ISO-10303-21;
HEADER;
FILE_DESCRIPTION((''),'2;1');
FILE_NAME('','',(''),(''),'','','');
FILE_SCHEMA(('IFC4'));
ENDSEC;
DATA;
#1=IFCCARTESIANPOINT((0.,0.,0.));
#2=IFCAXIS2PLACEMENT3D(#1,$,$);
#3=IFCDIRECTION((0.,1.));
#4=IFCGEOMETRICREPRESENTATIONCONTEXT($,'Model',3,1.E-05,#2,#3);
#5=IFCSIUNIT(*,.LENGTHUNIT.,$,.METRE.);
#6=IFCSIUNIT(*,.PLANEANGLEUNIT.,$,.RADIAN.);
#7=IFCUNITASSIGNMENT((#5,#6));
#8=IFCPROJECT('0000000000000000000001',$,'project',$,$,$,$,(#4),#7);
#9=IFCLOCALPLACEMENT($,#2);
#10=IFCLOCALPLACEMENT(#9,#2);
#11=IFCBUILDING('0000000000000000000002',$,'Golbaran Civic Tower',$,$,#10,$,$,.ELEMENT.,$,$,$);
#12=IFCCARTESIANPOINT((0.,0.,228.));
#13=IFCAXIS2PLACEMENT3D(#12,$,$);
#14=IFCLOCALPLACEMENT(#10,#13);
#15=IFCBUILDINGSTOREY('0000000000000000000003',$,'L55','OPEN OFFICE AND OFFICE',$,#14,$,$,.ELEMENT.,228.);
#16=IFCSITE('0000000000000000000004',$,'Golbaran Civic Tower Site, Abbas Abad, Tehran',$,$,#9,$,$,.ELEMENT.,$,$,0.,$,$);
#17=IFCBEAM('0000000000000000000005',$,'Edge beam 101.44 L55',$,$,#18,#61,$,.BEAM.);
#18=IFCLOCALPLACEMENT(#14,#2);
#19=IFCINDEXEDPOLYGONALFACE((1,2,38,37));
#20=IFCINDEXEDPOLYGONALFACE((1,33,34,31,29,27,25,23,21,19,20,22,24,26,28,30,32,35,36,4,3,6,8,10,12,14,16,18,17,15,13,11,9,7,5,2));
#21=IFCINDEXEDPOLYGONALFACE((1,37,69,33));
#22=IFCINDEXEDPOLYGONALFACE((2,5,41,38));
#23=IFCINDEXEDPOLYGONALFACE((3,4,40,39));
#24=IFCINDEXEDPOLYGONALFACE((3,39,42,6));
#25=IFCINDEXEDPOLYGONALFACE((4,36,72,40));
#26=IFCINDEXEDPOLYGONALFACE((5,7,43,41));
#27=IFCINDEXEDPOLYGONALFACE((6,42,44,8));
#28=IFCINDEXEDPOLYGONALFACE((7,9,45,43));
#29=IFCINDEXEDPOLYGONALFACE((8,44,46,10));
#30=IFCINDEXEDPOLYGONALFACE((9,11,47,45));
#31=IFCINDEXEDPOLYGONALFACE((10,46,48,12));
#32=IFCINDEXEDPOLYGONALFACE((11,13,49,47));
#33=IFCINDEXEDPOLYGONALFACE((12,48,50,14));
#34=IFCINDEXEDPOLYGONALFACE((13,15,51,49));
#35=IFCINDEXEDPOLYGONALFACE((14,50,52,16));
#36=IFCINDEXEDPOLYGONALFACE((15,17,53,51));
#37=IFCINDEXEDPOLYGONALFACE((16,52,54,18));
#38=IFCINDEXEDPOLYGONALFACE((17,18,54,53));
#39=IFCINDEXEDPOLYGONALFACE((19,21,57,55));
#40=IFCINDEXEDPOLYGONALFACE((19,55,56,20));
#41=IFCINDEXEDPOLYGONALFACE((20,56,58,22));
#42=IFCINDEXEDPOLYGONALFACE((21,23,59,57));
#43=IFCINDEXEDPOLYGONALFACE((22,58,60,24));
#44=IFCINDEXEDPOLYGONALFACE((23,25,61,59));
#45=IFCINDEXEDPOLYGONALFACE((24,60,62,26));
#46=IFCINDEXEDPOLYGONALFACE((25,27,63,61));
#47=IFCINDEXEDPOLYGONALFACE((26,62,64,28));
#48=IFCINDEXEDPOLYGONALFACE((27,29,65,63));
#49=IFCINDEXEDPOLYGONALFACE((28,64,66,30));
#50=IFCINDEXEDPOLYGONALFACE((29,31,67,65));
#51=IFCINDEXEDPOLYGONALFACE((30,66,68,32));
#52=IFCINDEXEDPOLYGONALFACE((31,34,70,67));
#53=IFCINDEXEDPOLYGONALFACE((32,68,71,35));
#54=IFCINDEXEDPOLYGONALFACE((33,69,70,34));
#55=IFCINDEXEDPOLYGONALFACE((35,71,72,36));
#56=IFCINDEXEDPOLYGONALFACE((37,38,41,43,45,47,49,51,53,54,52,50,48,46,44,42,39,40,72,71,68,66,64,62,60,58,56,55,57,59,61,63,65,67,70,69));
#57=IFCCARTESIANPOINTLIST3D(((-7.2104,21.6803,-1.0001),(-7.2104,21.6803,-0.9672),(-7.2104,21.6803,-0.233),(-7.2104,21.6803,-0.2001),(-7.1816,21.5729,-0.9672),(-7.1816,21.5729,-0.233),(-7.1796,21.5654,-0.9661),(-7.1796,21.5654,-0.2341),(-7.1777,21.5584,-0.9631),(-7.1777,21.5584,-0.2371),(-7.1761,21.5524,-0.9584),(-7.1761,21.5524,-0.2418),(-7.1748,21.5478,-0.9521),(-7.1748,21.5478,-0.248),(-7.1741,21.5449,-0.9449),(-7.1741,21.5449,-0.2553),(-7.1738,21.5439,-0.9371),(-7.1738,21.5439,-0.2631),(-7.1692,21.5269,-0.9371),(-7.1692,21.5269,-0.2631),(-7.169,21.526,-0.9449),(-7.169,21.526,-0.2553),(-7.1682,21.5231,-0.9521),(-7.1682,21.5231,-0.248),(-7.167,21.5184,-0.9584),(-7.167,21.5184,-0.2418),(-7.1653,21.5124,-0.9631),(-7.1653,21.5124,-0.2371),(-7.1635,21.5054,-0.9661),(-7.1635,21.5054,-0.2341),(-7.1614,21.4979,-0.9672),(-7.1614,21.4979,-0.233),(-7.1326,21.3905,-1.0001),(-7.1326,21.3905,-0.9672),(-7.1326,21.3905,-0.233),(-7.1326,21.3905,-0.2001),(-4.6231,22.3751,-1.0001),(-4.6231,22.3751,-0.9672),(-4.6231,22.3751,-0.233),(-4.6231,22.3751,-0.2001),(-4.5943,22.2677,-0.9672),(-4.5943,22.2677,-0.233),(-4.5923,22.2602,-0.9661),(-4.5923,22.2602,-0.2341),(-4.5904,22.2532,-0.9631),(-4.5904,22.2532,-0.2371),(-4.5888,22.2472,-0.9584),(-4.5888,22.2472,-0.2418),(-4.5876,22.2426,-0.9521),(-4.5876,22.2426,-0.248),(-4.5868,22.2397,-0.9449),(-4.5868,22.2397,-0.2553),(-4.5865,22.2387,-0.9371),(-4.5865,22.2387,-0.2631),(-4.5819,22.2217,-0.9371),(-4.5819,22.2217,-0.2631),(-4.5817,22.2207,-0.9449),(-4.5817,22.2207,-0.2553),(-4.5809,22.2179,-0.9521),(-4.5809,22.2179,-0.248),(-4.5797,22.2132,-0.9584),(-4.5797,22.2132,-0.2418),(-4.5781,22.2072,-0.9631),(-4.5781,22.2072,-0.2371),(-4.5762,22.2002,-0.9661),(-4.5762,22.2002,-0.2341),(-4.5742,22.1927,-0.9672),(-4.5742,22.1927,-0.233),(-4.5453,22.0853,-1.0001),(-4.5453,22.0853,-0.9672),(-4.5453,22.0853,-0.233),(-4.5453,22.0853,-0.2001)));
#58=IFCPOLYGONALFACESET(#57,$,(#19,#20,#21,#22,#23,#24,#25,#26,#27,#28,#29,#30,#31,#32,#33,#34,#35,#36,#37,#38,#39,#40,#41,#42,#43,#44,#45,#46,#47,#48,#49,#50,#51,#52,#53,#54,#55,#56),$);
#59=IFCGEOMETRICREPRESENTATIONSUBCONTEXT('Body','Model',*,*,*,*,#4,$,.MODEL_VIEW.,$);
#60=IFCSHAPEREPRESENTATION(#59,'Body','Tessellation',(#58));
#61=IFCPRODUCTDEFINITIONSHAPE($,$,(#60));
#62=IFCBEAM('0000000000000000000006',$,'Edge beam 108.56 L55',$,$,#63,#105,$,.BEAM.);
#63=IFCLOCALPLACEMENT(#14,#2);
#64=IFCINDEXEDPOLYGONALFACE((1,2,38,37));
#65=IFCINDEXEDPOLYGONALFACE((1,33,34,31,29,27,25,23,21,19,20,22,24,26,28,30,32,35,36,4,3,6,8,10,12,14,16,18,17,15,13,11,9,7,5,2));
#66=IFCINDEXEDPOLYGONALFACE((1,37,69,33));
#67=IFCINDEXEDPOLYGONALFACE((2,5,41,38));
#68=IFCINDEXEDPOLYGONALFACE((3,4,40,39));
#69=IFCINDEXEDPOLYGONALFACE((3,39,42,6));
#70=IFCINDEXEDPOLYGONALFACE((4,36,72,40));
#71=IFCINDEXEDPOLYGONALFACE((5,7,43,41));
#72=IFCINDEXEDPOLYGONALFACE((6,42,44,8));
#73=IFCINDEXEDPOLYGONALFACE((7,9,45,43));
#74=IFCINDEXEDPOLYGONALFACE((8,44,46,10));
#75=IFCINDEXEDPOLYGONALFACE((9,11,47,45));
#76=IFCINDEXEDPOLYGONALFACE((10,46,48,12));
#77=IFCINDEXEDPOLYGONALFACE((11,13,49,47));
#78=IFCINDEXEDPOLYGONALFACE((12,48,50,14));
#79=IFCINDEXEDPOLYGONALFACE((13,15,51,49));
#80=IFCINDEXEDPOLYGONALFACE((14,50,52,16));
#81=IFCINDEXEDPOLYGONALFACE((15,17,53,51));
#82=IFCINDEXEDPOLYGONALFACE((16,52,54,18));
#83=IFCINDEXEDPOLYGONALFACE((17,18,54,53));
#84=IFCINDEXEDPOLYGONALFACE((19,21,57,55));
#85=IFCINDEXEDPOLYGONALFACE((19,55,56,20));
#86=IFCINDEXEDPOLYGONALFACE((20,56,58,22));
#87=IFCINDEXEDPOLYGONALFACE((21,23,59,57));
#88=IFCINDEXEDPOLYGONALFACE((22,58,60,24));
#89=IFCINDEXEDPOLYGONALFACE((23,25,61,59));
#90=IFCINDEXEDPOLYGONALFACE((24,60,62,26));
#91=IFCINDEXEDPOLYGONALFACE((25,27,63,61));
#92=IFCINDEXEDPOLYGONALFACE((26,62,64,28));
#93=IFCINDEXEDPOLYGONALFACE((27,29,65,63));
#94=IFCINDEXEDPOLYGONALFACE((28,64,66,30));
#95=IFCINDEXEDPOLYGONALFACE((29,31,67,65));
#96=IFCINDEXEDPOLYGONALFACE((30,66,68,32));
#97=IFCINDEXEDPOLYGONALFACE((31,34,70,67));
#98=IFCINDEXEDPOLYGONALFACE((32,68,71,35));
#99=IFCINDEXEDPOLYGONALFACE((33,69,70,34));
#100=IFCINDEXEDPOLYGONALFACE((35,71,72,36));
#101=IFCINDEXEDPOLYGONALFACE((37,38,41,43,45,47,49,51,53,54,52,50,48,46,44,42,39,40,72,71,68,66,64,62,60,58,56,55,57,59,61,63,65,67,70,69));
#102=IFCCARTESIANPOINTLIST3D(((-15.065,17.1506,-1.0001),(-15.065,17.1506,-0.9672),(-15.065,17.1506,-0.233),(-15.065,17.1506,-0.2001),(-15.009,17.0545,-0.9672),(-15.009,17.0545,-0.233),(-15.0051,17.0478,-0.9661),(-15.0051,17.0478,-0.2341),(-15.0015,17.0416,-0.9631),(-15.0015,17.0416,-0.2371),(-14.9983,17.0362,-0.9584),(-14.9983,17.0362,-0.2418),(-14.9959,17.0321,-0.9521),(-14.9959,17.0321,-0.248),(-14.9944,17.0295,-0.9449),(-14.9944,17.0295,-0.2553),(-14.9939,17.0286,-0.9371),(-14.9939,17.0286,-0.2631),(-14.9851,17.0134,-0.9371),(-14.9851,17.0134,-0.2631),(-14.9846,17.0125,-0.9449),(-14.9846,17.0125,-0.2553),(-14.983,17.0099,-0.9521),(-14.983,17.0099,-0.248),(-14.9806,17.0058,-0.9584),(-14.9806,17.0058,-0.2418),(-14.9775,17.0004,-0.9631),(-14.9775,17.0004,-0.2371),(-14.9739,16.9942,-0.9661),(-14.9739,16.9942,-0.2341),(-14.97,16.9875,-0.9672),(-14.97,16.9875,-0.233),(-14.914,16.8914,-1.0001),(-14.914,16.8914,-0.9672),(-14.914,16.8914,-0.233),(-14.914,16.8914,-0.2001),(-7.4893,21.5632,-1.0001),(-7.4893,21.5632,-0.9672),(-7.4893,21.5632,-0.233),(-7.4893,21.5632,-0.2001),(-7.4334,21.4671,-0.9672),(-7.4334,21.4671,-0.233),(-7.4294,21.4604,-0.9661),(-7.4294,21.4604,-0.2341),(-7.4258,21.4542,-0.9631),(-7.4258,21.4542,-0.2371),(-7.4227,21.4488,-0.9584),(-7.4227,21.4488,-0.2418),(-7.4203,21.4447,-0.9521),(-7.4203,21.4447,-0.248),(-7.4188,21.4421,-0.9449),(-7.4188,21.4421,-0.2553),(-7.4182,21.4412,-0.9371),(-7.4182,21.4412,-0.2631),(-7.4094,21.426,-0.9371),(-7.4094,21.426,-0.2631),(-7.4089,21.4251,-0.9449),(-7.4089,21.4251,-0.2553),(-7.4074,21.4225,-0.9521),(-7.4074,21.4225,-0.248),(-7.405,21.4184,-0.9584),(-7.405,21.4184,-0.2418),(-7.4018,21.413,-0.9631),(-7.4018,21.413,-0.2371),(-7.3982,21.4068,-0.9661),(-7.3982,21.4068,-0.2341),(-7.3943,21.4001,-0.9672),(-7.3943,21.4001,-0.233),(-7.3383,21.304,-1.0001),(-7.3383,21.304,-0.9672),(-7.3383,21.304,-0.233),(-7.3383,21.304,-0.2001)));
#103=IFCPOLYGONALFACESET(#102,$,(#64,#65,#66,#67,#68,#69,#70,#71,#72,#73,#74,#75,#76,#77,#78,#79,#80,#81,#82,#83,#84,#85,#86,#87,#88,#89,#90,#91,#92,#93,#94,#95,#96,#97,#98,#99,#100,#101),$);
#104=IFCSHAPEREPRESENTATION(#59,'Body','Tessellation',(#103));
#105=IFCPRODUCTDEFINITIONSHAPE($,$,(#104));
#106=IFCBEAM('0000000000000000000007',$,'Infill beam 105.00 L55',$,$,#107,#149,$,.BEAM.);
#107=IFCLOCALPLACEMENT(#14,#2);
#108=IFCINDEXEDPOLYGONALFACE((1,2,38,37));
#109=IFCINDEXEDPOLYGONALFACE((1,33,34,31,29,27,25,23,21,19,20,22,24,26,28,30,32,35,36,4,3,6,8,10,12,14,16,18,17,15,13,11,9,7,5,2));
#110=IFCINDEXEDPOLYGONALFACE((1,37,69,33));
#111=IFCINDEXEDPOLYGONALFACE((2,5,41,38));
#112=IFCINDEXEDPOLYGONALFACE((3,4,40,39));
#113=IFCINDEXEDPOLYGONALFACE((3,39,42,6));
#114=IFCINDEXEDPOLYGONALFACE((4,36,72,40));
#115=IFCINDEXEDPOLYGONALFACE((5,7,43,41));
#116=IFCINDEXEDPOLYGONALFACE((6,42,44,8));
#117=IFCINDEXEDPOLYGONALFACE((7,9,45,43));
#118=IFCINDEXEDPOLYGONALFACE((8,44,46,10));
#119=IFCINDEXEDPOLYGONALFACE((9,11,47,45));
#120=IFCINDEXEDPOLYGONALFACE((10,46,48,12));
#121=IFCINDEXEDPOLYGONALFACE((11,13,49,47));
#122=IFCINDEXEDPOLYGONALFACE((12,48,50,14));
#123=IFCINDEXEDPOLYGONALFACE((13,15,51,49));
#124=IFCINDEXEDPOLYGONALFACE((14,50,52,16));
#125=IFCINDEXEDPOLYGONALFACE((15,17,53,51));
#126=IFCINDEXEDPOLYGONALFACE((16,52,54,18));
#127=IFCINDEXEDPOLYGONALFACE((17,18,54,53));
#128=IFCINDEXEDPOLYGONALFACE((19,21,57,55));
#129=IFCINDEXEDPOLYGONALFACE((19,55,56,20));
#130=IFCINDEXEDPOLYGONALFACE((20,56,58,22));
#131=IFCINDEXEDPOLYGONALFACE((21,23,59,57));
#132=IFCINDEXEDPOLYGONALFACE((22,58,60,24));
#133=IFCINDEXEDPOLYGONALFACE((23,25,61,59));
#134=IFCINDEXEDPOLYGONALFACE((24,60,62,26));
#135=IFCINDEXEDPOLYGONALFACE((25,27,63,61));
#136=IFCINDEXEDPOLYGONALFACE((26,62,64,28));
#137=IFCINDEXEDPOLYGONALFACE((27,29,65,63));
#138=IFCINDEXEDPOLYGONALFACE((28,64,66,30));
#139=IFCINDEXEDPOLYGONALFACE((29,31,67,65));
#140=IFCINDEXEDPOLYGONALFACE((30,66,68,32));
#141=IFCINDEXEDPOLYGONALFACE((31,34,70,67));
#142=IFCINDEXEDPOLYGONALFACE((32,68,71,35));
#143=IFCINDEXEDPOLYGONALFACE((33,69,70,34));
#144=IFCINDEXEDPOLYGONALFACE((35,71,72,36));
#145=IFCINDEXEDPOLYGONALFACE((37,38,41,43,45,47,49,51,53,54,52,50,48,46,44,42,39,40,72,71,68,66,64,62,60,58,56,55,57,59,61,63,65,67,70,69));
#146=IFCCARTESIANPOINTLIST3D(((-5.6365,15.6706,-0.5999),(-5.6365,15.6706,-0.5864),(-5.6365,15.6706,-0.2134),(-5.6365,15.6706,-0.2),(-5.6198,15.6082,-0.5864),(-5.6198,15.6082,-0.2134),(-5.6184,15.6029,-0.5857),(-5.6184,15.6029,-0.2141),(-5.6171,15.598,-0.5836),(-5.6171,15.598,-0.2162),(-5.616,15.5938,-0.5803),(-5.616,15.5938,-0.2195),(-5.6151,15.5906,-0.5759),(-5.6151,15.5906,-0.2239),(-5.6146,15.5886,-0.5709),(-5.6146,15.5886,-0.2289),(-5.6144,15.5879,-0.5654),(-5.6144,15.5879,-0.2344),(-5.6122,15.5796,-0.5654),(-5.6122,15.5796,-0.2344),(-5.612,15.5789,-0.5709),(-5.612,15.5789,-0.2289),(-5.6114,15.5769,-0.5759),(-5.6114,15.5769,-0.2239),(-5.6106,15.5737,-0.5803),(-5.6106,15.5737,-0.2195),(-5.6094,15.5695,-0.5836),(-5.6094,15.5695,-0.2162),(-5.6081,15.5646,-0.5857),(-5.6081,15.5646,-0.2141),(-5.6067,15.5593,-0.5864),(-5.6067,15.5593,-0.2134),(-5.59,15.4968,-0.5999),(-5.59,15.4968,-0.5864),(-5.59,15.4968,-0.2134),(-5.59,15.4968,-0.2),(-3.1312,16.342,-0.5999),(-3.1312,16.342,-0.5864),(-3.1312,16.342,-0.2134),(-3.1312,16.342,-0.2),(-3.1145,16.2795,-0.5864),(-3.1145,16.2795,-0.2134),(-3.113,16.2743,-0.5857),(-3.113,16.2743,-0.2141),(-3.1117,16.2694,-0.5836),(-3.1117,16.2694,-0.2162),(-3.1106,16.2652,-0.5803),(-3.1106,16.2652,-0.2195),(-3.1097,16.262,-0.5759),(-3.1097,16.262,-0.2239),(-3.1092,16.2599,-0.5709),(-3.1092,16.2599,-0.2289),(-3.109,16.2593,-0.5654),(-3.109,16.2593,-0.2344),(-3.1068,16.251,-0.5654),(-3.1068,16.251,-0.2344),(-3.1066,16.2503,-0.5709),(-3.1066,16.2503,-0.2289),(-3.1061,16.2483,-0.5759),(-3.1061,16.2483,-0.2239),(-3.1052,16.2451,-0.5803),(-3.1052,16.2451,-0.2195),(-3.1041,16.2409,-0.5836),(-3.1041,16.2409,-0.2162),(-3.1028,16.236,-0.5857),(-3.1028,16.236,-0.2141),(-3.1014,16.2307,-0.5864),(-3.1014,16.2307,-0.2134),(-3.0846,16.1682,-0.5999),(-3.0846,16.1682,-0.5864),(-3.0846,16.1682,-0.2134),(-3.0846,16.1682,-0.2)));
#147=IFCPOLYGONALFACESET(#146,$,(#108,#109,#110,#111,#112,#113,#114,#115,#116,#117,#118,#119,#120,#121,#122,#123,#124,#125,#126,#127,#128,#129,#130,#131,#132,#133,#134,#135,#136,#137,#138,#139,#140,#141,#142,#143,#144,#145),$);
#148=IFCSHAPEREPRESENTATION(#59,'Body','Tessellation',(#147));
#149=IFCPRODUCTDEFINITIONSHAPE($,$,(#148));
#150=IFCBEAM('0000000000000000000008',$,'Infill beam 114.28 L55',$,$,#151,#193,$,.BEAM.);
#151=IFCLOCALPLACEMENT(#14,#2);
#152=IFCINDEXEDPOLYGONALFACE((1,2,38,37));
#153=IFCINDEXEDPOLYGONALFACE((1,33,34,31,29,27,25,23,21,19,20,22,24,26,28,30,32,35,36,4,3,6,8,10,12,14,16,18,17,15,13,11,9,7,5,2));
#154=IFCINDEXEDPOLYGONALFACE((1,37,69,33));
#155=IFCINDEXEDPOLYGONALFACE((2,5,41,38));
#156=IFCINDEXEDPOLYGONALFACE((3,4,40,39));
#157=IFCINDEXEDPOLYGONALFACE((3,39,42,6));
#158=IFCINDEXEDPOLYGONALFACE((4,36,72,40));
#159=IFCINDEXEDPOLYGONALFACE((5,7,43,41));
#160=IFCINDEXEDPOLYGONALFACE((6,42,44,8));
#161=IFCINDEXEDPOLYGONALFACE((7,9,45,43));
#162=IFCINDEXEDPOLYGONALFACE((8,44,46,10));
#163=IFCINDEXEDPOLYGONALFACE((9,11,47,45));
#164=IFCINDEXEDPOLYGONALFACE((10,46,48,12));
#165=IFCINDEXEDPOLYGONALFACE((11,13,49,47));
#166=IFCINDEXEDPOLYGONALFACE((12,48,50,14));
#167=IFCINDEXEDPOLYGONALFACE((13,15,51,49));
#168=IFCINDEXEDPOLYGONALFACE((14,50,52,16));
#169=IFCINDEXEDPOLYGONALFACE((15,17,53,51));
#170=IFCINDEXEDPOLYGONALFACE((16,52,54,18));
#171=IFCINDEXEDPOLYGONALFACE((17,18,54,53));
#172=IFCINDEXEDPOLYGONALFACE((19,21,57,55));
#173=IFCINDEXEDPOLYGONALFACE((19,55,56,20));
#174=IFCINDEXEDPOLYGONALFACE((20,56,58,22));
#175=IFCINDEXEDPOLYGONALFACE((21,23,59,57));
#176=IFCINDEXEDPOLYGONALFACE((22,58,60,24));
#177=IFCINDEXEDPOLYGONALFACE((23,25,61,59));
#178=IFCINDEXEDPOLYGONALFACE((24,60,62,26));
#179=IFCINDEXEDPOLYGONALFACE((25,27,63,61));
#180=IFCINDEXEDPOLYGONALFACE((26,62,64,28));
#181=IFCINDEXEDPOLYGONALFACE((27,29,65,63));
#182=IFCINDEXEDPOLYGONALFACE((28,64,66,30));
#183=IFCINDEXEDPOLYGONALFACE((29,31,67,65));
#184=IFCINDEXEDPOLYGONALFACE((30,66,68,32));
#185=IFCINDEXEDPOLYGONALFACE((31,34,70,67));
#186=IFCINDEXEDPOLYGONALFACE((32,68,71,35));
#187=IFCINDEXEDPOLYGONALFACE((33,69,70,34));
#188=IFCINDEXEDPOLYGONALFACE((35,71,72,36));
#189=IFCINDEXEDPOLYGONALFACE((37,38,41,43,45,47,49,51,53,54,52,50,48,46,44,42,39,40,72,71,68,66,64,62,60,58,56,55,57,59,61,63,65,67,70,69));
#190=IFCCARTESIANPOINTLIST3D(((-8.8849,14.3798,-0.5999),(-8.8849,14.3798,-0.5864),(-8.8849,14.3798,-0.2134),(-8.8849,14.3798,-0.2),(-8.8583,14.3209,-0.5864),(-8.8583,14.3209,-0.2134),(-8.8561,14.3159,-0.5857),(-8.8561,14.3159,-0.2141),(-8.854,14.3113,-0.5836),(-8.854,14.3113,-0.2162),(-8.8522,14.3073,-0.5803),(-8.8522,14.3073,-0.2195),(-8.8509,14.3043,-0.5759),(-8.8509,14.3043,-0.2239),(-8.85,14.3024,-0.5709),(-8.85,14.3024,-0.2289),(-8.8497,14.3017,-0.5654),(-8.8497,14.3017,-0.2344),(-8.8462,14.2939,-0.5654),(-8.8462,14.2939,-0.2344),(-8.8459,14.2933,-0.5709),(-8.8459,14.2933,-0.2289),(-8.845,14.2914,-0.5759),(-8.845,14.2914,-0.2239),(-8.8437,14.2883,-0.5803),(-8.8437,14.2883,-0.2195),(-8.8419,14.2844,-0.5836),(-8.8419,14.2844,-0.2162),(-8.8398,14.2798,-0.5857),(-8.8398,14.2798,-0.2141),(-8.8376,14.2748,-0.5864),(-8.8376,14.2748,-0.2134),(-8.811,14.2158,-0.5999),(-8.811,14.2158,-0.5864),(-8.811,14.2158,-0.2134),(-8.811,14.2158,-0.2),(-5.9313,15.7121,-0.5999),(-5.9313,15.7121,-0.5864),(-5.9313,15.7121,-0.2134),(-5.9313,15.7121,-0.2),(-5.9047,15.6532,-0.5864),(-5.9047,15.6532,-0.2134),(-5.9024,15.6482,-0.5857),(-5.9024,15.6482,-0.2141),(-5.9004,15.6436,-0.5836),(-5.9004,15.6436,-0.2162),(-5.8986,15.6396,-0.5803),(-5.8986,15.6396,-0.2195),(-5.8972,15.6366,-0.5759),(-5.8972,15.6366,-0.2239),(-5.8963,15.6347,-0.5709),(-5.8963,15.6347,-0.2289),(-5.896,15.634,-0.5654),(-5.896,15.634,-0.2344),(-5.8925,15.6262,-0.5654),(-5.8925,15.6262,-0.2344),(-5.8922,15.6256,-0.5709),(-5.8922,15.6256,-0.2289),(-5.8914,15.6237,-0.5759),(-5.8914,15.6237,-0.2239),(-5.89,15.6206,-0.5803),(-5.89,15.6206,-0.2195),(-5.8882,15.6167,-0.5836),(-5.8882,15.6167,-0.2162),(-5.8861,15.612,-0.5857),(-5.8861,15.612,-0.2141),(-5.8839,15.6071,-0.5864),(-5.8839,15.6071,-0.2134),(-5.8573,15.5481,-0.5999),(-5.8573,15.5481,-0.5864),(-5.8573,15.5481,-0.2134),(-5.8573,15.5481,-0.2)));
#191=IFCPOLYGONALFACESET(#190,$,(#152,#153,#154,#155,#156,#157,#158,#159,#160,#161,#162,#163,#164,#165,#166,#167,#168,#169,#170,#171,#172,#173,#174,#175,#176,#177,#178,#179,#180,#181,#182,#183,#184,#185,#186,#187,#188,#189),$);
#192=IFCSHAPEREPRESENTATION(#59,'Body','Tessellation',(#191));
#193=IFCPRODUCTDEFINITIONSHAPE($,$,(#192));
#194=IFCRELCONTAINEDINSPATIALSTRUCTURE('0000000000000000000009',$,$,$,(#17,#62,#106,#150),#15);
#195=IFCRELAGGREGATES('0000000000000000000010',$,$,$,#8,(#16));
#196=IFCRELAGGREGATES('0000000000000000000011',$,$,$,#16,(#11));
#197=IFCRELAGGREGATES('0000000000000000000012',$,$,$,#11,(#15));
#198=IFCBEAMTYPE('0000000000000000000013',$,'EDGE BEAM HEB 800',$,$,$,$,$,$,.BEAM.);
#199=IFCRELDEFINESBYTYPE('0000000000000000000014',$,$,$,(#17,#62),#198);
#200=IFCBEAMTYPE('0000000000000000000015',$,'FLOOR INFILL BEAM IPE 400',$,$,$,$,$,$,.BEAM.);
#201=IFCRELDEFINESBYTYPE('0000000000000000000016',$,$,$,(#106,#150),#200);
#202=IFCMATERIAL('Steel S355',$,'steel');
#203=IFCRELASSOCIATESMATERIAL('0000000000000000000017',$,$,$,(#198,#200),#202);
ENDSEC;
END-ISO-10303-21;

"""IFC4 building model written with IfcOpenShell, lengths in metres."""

from ifc_helpers import new_model, si_unit, direction, frame, origin, origin_2d, place, context, subcontext, project, spatial, i_section, extrude, material, material_profile, profile_set, type_object, element, save


model = new_model("IFC4")

# Units and contexts
model_context = context("Model", 3, precision=1e-05, world=origin(), true_north=direction((0.0, 1.0)))
body_context = subcontext(model_context, "Body", "Model", "MODEL_VIEW")
ifc_project = project(units=[si_unit("LENGTHUNIT", "METRE"), si_unit("PLANEANGLEUNIT", "RADIAN")], contexts=[model_context])

# Site, building, storey
site_placement = place(None, origin())
site = spatial("IfcSite", under=ifc_project, at=site_placement, Name="Golbaran Civic Tower Site, Abbas Abad, Tehran", CompositionType="ELEMENT", RefElevation=0.0)
building_placement = place(site_placement, origin())
building = spatial("IfcBuilding", under=site, at=building_placement, Name="Golbaran Civic Tower", CompositionType="ELEMENT")
storey_placement = place(building_placement, frame((0.0, 0.0, 228.0)))
storey = spatial("IfcBuildingStorey", under=building, at=storey_placement, Name="L55", Description="OPEN OFFICE AND OFFICE", CompositionType="ELEMENT", Elevation=228.0)

# Beams
ifc_material_1 = material(Name="Steel S355", Category="steel")
ifc_material_profile_1 = material_profile(ifc_material_1, i_section(OverallWidth=0.3, OverallDepth=0.8, WebThickness=0.0176, FlangeThickness=0.033, FilletRadius=0.03, at=origin_2d()), Name="HEB 800")
ifc_profile_set_1 = profile_set([ifc_material_profile_1], Name="Steel S355")
beam_type_1 = type_object("IfcBeamType", Name="EDGE BEAM HEB 800", PredefinedType="BEAM", material=ifc_profile_set_1)
beam_1_placement = place(storey_placement, frame((-4.5842, 22.2302, -0.6001), z_axis=(-0.965783, -0.259352, 0.0), x_axis=(0.259352, -0.965783, 0.0)))
element("IfcBeam", 1, at=beam_1_placement, inside=storey, type_object=beam_type_1, Name="Edge beam 101.44 L55", PredefinedType="BEAM", context=body_context, shape_type="SweptSolid", body=[
    extrude(i_section(OverallWidth=0.3, OverallDepth=0.8, WebThickness=0.0176, FlangeThickness=0.033, FilletRadius=0.03, at=origin_2d()), origin(), (0.0, 0.0, 1.0), 2.679),
])
beam_2_placement = place(storey_placement, frame((-7.4138, 21.4336, -0.6001), z_axis=(-0.864104, -0.503313, 0.0), x_axis=(0.503313, -0.864104, 0.0)))
element("IfcBeam", 2, at=beam_2_placement, inside=storey, type_object=beam_type_1, Name="Edge beam 108.56 L55", PredefinedType="BEAM", context=body_context, shape_type="SweptSolid", body=[
    extrude(i_section(OverallWidth=0.3, OverallDepth=0.8, WebThickness=0.0176, FlangeThickness=0.033, FilletRadius=0.03, at=origin_2d()), origin(), (0.0, 0.0, 1.0), 8.7671),
])
ifc_material_profile_2 = material_profile(ifc_material_1, i_section(OverallWidth=0.1799, OverallDepth=0.3999, WebThickness=0.0085, FlangeThickness=0.0134, FilletRadius=0.021, at=origin_2d()), Name="IPE 400")
ifc_profile_set_2 = profile_set([ifc_material_profile_2], Name="Steel S355")
beam_type_2 = type_object("IfcBeamType", Name="FLOOR INFILL BEAM IPE 400", PredefinedType="BEAM", material=ifc_profile_set_2)
beam_3_placement = place(storey_placement, frame((-3.1079, 16.2551, -0.3999), z_axis=(-0.965919, -0.258846, 0.0), x_axis=(0.258846, -0.965919, 0.0)))
element("IfcBeam", 3, at=beam_3_placement, inside=storey, type_object=beam_type_2, Name="Infill beam 105.00 L55", PredefinedType="BEAM", context=body_context, shape_type="SweptSolid", body=[
    extrude(i_section(OverallWidth=0.1799, OverallDepth=0.3999, WebThickness=0.0085, FlangeThickness=0.0134, FilletRadius=0.021, at=origin_2d()), origin(), (0.0, 0.0, 1.0), 2.5938),
])
beam_4_placement = place(storey_placement, frame((-5.8943, 15.6301, -0.3999), z_axis=(-0.911557, -0.411173, 0.0), x_axis=(0.411173, -0.911557, 0.0)))
element("IfcBeam", 4, at=beam_4_placement, inside=storey, type_object=beam_type_2, Name="Infill beam 114.28 L55", PredefinedType="BEAM", context=body_context, shape_type="SweptSolid", body=[
    extrude(i_section(OverallWidth=0.1799, OverallDepth=0.3999, WebThickness=0.0085, FlangeThickness=0.0134, FilletRadius=0.021, at=origin_2d()), origin(), (0.0, 0.0, 1.0), 3.2402),
])

save(model, "model.ifc")
